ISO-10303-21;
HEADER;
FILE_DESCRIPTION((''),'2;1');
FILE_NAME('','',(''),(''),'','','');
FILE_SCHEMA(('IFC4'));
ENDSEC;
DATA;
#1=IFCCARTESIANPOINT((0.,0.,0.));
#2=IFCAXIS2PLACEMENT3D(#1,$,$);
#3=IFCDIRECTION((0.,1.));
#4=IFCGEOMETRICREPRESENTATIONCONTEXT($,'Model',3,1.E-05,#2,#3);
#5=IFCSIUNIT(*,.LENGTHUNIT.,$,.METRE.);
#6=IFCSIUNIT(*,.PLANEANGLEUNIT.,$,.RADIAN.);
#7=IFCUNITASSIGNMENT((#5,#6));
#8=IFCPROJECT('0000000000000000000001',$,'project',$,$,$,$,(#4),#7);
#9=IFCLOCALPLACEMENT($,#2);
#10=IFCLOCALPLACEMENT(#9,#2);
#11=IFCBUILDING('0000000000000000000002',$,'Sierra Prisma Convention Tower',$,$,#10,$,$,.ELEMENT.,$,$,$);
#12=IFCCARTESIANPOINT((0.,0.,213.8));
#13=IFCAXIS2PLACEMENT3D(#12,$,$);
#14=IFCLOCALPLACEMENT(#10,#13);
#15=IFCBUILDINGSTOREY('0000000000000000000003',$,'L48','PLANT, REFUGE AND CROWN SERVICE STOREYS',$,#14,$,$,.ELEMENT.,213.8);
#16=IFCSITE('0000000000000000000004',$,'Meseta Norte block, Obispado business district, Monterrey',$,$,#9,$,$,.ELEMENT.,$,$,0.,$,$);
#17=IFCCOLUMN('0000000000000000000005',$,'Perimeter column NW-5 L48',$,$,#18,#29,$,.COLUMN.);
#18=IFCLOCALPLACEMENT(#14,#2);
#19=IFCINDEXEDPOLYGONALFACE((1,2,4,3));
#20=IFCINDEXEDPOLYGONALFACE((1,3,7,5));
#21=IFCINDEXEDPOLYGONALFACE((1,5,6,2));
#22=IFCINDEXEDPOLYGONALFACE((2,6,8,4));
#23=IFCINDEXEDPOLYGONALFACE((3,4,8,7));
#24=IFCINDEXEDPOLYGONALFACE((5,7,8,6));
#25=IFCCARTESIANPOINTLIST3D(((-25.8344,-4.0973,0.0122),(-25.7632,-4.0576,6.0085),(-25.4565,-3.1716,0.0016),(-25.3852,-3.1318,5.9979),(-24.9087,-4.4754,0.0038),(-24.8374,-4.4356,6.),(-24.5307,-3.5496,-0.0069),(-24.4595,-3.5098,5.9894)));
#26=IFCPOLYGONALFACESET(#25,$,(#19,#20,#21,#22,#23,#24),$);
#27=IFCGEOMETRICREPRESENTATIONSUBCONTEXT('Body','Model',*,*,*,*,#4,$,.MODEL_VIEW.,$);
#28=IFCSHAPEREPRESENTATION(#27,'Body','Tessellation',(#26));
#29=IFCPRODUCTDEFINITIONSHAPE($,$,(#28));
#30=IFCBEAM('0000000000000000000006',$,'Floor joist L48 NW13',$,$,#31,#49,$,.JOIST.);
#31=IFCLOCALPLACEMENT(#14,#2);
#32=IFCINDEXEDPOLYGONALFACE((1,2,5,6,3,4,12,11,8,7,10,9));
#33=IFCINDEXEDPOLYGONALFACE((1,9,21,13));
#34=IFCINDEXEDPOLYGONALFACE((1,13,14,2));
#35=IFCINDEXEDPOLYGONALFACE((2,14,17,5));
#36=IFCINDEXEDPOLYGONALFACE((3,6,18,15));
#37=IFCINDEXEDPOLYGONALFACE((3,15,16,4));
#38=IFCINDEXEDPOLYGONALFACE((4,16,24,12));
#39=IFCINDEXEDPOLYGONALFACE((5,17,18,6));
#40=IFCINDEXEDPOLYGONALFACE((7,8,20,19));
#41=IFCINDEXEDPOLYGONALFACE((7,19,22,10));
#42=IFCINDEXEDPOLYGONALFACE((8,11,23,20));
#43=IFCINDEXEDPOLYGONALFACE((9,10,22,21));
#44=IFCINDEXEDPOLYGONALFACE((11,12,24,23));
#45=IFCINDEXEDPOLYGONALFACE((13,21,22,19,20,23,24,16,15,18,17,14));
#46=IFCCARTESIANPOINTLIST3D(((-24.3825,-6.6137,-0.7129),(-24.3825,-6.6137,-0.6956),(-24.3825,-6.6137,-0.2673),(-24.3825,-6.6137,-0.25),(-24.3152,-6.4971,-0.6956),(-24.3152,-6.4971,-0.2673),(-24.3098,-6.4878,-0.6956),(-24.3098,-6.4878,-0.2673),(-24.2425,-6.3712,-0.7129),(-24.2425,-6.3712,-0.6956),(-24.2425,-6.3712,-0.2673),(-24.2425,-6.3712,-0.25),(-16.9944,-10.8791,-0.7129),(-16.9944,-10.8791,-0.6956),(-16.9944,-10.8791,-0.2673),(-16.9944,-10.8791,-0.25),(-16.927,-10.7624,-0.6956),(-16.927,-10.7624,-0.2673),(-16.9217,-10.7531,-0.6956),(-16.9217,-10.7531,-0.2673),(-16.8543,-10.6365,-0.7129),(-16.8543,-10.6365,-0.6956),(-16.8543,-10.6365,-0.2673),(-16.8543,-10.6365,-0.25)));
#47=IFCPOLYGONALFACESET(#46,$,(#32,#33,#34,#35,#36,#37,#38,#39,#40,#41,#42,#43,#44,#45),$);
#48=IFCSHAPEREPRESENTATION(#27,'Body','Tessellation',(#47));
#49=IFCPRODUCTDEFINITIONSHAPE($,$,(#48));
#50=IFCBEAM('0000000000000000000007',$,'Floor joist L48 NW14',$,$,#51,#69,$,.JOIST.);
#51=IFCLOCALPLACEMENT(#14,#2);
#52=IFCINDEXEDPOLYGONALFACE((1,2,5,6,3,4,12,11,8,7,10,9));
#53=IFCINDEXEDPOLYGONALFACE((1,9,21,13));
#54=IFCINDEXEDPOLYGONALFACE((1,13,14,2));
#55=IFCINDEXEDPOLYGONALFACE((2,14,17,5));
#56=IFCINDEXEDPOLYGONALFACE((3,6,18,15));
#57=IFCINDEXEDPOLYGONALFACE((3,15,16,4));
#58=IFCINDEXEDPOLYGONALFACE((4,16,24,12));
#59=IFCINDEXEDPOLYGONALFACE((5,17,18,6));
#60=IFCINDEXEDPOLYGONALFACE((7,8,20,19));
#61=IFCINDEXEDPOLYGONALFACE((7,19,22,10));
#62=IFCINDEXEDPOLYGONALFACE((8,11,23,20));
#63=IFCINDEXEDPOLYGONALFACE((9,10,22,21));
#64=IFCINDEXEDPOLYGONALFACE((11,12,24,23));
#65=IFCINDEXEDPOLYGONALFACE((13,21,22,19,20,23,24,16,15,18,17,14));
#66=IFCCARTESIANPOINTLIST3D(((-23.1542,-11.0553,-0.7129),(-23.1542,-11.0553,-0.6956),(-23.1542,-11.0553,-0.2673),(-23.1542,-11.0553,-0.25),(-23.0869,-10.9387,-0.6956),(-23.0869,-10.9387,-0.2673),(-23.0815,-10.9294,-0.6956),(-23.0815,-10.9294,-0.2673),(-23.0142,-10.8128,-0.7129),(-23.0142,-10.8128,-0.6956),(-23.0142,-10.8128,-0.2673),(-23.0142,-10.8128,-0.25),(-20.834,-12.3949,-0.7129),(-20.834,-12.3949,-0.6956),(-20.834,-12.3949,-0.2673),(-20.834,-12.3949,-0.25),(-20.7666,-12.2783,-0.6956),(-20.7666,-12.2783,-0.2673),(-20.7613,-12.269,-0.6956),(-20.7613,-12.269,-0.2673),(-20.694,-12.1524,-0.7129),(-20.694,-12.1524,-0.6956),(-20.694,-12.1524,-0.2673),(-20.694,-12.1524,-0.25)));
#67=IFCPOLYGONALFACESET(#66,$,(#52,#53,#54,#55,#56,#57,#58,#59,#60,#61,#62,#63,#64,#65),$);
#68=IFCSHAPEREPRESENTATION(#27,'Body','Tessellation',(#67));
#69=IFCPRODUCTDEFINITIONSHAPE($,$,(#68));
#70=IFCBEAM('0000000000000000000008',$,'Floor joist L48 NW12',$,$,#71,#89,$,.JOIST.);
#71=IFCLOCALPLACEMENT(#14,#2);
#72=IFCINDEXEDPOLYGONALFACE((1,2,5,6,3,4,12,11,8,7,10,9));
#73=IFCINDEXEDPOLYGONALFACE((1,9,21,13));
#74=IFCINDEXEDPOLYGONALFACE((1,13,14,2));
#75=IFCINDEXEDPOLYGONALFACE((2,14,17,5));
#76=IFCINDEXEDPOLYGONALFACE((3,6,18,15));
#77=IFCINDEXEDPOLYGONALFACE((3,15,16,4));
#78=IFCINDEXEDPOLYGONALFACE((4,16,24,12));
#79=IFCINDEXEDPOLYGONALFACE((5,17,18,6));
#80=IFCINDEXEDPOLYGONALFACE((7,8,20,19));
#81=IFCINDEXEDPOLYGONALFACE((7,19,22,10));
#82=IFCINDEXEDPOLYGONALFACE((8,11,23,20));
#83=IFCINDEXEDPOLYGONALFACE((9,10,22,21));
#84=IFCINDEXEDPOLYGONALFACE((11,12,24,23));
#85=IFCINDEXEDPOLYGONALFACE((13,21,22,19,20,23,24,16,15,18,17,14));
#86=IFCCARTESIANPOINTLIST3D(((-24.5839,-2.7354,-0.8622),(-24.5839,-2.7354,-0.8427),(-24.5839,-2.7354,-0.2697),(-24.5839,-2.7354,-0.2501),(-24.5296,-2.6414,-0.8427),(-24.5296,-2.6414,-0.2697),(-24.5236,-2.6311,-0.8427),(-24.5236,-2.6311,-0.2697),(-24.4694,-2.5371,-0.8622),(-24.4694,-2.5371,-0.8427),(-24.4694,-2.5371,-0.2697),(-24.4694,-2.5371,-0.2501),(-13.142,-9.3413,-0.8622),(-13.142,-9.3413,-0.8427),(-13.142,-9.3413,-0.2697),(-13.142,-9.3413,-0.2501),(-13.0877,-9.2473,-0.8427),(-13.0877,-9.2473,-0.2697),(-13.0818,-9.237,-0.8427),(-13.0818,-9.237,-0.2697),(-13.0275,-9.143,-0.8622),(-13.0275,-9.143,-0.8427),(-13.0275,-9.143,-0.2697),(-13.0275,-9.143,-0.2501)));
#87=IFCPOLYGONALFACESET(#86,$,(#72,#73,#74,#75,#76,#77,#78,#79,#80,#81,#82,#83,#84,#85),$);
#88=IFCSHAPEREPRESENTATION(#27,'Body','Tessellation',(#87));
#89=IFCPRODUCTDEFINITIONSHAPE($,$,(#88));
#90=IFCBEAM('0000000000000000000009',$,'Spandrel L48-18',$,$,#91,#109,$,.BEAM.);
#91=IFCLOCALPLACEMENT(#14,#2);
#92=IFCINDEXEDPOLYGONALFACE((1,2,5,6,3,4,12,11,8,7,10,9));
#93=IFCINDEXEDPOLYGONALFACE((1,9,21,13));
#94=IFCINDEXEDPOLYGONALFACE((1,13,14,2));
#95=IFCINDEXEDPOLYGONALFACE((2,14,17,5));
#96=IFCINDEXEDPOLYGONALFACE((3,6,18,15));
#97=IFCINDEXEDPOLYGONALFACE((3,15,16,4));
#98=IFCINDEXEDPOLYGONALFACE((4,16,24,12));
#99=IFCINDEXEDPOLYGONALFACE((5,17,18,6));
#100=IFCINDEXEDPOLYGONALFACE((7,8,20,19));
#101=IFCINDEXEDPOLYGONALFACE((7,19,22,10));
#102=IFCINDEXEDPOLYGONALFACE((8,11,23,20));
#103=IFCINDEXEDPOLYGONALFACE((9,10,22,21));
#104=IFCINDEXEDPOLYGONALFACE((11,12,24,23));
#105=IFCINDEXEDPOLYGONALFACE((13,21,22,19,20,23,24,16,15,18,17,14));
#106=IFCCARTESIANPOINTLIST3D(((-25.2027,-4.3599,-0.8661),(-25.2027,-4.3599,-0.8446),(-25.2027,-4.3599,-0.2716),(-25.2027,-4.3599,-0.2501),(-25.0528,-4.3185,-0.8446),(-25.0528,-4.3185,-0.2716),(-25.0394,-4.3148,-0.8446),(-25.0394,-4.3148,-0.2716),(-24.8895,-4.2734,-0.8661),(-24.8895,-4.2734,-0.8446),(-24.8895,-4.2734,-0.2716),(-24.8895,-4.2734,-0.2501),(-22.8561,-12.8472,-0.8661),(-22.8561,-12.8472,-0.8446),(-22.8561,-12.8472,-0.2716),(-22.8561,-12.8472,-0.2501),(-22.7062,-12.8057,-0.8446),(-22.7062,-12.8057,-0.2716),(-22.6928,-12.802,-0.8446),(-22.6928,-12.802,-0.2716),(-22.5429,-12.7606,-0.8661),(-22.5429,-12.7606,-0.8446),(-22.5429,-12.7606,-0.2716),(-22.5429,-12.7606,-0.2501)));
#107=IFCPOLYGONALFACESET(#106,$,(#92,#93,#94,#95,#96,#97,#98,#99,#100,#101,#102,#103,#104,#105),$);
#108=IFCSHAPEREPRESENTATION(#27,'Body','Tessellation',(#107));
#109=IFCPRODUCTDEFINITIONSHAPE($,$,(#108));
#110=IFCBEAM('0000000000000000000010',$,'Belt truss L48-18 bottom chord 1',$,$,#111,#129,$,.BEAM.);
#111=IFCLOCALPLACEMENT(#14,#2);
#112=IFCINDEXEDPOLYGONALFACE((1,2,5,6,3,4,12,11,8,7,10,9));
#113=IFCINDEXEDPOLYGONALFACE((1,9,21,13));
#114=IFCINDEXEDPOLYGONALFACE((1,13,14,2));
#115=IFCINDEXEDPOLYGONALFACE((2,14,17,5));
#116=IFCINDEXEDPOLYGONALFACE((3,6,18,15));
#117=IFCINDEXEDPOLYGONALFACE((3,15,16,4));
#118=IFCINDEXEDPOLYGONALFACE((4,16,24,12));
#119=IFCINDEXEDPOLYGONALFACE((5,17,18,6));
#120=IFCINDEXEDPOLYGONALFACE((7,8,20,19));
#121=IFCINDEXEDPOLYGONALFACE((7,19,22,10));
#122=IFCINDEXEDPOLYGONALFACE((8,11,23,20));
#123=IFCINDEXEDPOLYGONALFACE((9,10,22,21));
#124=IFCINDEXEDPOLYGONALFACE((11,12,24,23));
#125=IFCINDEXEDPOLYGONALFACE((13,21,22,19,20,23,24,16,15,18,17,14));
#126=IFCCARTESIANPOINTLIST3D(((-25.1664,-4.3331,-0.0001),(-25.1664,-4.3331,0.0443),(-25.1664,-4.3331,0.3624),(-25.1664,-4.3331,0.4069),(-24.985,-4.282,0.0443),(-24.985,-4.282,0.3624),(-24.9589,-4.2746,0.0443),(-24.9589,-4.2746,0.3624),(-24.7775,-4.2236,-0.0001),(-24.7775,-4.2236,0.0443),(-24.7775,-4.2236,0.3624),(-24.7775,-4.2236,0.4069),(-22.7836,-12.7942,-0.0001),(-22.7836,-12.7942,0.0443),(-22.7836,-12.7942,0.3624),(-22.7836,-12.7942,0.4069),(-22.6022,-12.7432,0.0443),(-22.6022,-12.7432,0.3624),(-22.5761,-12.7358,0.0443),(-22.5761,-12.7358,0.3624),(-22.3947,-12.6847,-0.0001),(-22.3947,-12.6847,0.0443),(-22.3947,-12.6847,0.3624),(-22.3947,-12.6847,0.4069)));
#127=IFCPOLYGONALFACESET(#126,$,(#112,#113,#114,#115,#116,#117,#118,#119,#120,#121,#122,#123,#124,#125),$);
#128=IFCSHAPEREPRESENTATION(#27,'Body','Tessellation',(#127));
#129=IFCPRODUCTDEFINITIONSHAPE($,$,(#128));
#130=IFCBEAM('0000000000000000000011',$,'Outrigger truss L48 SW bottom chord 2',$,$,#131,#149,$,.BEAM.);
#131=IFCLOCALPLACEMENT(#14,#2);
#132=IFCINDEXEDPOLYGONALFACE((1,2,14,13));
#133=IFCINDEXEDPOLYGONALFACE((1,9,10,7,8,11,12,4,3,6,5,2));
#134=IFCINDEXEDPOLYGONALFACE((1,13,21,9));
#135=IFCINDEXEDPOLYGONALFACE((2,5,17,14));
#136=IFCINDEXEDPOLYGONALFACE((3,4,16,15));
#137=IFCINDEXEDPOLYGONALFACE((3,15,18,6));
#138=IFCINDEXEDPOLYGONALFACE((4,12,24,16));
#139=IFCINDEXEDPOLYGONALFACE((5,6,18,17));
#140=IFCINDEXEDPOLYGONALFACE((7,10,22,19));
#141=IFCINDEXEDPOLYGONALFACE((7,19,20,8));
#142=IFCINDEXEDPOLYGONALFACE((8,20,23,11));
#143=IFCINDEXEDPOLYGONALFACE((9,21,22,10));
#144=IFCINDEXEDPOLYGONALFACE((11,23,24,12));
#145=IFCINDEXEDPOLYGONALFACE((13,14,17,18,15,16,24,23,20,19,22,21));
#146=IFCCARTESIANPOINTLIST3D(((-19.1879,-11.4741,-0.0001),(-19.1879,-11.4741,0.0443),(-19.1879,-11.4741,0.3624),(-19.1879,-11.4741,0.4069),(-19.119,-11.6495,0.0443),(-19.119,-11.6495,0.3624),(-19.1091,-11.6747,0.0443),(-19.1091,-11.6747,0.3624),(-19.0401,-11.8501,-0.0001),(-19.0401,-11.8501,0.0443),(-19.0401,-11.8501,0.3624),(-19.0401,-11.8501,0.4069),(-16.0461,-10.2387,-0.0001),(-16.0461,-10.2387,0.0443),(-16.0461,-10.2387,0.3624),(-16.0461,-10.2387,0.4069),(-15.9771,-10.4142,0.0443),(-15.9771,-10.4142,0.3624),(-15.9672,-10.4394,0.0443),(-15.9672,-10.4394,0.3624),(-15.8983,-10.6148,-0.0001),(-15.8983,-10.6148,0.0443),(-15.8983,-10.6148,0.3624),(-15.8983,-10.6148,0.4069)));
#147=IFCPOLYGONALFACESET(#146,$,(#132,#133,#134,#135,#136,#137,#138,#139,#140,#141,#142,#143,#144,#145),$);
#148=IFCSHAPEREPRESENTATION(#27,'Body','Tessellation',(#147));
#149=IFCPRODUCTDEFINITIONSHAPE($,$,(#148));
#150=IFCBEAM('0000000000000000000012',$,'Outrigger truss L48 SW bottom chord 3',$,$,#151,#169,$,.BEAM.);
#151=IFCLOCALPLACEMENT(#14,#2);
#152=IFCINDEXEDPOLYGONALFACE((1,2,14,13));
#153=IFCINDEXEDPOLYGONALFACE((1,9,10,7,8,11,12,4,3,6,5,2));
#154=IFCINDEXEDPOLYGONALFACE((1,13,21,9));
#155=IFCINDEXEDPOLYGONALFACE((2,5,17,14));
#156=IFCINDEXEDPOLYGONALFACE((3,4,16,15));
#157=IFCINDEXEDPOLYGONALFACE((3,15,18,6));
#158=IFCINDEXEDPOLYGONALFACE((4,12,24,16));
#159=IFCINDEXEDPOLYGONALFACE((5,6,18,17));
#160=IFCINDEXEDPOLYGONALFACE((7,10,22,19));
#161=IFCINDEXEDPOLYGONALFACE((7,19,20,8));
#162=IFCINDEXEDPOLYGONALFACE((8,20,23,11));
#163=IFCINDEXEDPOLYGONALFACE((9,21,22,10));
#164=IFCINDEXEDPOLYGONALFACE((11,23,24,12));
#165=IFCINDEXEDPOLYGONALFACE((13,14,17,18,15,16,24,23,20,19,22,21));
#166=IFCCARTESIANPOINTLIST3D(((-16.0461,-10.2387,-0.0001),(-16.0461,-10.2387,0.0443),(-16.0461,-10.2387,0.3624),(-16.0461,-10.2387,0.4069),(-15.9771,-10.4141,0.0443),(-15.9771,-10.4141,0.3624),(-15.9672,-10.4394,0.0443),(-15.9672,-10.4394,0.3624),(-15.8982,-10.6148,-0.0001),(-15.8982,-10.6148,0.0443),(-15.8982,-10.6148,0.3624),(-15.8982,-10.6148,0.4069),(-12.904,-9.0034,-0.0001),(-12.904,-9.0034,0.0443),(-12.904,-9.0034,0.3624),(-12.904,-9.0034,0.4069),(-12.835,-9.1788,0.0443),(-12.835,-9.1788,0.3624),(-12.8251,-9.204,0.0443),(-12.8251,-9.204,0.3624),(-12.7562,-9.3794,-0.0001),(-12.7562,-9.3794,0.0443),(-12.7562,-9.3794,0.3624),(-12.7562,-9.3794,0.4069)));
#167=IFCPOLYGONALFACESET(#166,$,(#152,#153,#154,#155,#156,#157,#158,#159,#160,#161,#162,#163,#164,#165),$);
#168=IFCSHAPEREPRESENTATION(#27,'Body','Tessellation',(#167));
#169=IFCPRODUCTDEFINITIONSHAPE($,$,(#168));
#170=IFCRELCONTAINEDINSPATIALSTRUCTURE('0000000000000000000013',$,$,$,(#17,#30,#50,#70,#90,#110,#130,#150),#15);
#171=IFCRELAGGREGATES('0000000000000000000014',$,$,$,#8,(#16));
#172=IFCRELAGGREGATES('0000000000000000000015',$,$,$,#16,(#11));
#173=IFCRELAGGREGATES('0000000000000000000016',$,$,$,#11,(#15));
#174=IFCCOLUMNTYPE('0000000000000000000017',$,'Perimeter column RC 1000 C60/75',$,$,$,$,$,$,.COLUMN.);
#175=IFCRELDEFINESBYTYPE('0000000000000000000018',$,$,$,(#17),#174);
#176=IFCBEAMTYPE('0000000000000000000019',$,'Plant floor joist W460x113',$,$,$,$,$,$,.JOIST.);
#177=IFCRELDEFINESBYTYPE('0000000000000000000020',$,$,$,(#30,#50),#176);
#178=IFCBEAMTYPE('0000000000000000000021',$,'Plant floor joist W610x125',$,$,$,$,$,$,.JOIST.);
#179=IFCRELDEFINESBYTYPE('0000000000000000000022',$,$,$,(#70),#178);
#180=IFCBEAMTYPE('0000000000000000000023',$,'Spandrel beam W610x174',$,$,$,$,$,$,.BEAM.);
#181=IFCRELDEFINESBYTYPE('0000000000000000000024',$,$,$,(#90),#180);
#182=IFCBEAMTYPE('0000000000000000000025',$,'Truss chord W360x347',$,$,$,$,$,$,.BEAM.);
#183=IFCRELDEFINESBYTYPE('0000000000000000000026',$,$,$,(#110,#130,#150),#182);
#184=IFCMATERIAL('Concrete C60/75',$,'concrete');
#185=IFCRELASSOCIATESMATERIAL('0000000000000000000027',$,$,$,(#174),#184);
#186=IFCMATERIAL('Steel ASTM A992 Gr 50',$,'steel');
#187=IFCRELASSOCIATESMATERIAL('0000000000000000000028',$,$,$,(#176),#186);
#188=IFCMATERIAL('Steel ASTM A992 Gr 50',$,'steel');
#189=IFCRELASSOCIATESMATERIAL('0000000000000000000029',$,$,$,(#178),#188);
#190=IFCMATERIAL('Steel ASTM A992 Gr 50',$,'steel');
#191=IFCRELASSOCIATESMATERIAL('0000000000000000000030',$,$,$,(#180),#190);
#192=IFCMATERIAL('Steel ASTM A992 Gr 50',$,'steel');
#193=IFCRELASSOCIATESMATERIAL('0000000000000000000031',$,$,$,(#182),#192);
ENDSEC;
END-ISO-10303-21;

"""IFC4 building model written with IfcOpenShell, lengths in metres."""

from ifc_helpers import new_model, si_unit, direction, frame, origin, origin_2d, place, context, subcontext, project, spatial, rectangle, i_section, extrude, clip, halfspace, material, material_profile, profile_set, type_object, element, save


model = new_model("IFC4")

# Units and contexts
model_context = context("Model", 3, precision=1e-05, world=origin(), true_north=direction((0.0, 1.0)))
body_context = subcontext(model_context, "Body", "Model", "MODEL_VIEW")
ifc_project = project(units=[si_unit("LENGTHUNIT", "METRE"), si_unit("PLANEANGLEUNIT", "RADIAN")], contexts=[model_context])

# Site, building, storey
site_placement = place(None, origin())
site = spatial("IfcSite", under=ifc_project, at=site_placement, Name="Meseta Norte block, Obispado business district, Monterrey", CompositionType="ELEMENT", RefElevation=0.0)
building_placement = place(site_placement, origin())
building = spatial("IfcBuilding", under=site, at=building_placement, Name="Sierra Prisma Convention Tower", CompositionType="ELEMENT")
storey_placement = place(building_placement, frame((0.0, 0.0, 213.8)))
storey = spatial("IfcBuildingStorey", under=building, at=storey_placement, Name="L48", Description="PLANT, REFUGE AND CROWN SERVICE STOREYS", CompositionType="ELEMENT", Elevation=213.8)

# Column
ifc_material_1 = material(Name="Concrete C60/75", Category="concrete")
ifc_material_profile_1 = material_profile(ifc_material_1, rectangle(XDim=1.0, YDim=1.0, at=origin_2d()), Name="Perimeter column RC 1000 C60/75")
ifc_profile_set_1 = profile_set([ifc_material_profile_1], Name="Concrete C60/75")
column_type = type_object("IfcColumnType", Name="Perimeter column RC 1000 C60/75", PredefinedType="COLUMN", material=ifc_profile_set_1)
column_placement = place(storey_placement, frame((-25.1826, -3.8235, 0.0), z_axis=(0.01188, 0.006632, 0.999907), x_axis=(0.377943, 0.925768, -0.010631)))
element("IfcColumn", 1, at=column_placement, inside=storey, type_object=column_type, Name="Perimeter column NW-5 L48", PredefinedType="COLUMN", context=body_context, shape_type="SweptSolid", body=[
    clip(clip(extrude(rectangle(XDim=1.0, YDim=1.0, at=origin_2d()), origin(), (0.0, 0.0, 1.0), 6.0005), halfspace(frame((0.0, 0.0, 0.0027)), True)), halfspace(frame((0.0, 0.0, 5.9995)), False)),
])

# Beams
ifc_material_2 = material(Name="Steel ASTM A992 Gr 50", Category="steel")
ifc_material_profile_2 = material_profile(ifc_material_2, i_section(OverallWidth=0.28, OverallDepth=0.4629, WebThickness=0.0107, FlangeThickness=0.0173, at=origin_2d()), Name="W460x113")
ifc_profile_set_2 = profile_set([ifc_material_profile_2], Name="Steel ASTM A992 Gr 50")
beam_type_1 = type_object("IfcBeamType", Name="Plant floor joist W460x113", PredefinedType="JOIST", material=ifc_profile_set_2)
beam_1_placement = place(storey_placement, frame((-24.3125, -6.4924, -0.4814), z_axis=(0.866035, -0.499983, 0.0), x_axis=(0.499983, 0.866035, 0.0)))
element("IfcBeam", 2, at=beam_1_placement, inside=storey, type_object=beam_type_1, Name="Floor joist L48 NW13", PredefinedType="JOIST", context=body_context, shape_type="SweptSolid", body=[
    extrude(i_section(OverallWidth=0.28, OverallDepth=0.4629, WebThickness=0.0107, FlangeThickness=0.0173, at=origin_2d()), origin(), (0.0, 0.0, 1.0), 8.531),
])
beam_2_placement = place(storey_placement, frame((-23.0842, -10.9341, -0.4814), z_axis=(0.866031, -0.499991, 0.0), x_axis=(0.499991, 0.866031, 0.0)))
element("IfcBeam", 3, at=beam_2_placement, inside=storey, type_object=beam_type_1, Name="Floor joist L48 NW14", PredefinedType="JOIST", context=body_context, shape_type="SweptSolid", body=[
    extrude(i_section(OverallWidth=0.28, OverallDepth=0.4629, WebThickness=0.0107, FlangeThickness=0.0173, at=origin_2d()), origin(), (0.0, 0.0, 1.0), 2.6792),
])
ifc_material_3 = material(Name="Steel ASTM A992 Gr 50", Category="steel")
ifc_material_profile_3 = material_profile(ifc_material_3, i_section(OverallWidth=0.229, OverallDepth=0.6121, WebThickness=0.012, FlangeThickness=0.0195, at=origin_2d()), Name="W610x125")
ifc_profile_set_3 = profile_set([ifc_material_profile_3], Name="Steel ASTM A992 Gr 50")
beam_type_2 = type_object("IfcBeamType", Name="Plant floor joist W610x125", PredefinedType="JOIST", material=ifc_profile_set_3)
beam_3_placement = place(storey_placement, frame((-24.5266, -2.6362, -0.5562), z_axis=(0.866026, -0.499999, 0.0), x_axis=(0.499999, 0.866026, 0.0)))
element("IfcBeam", 4, at=beam_3_placement, inside=storey, type_object=beam_type_2, Name="Floor joist L48 NW12", PredefinedType="JOIST", context=body_context, shape_type="SweptSolid", body=[
    extrude(i_section(OverallWidth=0.229, OverallDepth=0.6121, WebThickness=0.012, FlangeThickness=0.0195, at=origin_2d()), origin(), (0.0, 0.0, 1.0), 13.2119),
])
ifc_material_4 = material(Name="Steel ASTM A992 Gr 50", Category="steel")
ifc_material_profile_4 = material_profile(ifc_material_4, i_section(OverallWidth=0.325, OverallDepth=0.616, WebThickness=0.0139, FlangeThickness=0.0215, at=origin_2d()), Name="W610x174")
ifc_profile_set_4 = profile_set([ifc_material_profile_4], Name="Steel ASTM A992 Gr 50")
beam_type_3 = type_object("IfcBeamType", Name="Spandrel beam W610x174", PredefinedType="BEAM", material=ifc_profile_set_4)
beam_4_placement = place(storey_placement, frame((-25.0461, -4.3167, -0.5581), z_axis=(0.266494, -0.963837, 0.0), x_axis=(0.963837, 0.266494, 0.0)))
element("IfcBeam", 5, at=beam_4_placement, inside=storey, type_object=beam_type_3, Name="Spandrel L48-18", PredefinedType="BEAM", context=body_context, shape_type="SweptSolid", body=[
    extrude(i_section(OverallWidth=0.325, OverallDepth=0.616, WebThickness=0.0139, FlangeThickness=0.0215, at=origin_2d()), origin(), (0.0, 0.0, 1.0), 8.8057),
])
ifc_material_5 = material(Name="Steel ASTM A992 Gr 50", Category="steel")
ifc_material_profile_5 = material_profile(ifc_material_5, i_section(OverallWidth=0.4041, OverallDepth=0.407, WebThickness=0.0271, FlangeThickness=0.0444, at=origin_2d()), Name="W360x347")
ifc_profile_set_5 = profile_set([ifc_material_profile_5], Name="Steel ASTM A992 Gr 50")
beam_type_4 = type_object("IfcBeamType", Name="Truss chord W360x347", PredefinedType="BEAM", material=ifc_profile_set_5)
beam_5_placement = place(storey_placement, frame((-24.9719, -4.2783, 0.2034), z_axis=(0.271073, -0.962559, 0.0), x_axis=(0.962559, 0.271073, 0.0)))
element("IfcBeam", 6, at=beam_5_placement, inside=storey, type_object=beam_type_4, Name="Belt truss L48-18 bottom chord 1", PredefinedType="BEAM", context=body_context, shape_type="SweptSolid", body=[
    extrude(i_section(OverallWidth=0.4041, OverallDepth=0.407, WebThickness=0.0271, FlangeThickness=0.0444, at=origin_2d()), origin(), (0.0, 0.0, 1.0), 8.7903),
])
beam_6_placement = place(storey_placement, frame((-19.114, -11.6621, 0.2034), z_axis=(0.930645, 0.365923, 0.0), x_axis=(-0.365923, 0.930645, 0.0)))
element("IfcBeam", 7, at=beam_6_placement, inside=storey, type_object=beam_type_4, Name="Outrigger truss L48 SW bottom chord 2", PredefinedType="BEAM", context=body_context, shape_type="SweptSolid", body=[
    extrude(i_section(OverallWidth=0.4041, OverallDepth=0.407, WebThickness=0.0271, FlangeThickness=0.0444, at=origin_2d()), origin(), (0.0, 0.0, 1.0), 3.376),
])
beam_7_placement = place(storey_placement, frame((-15.9722, -10.4268, 0.2034), z_axis=(0.930655, 0.365898, 0.0), x_axis=(-0.365898, 0.930655, 0.0)))
element("IfcBeam", 8, at=beam_7_placement, inside=storey, type_object=beam_type_4, Name="Outrigger truss L48 SW bottom chord 3", PredefinedType="BEAM", context=body_context, shape_type="SweptSolid", body=[
    extrude(i_section(OverallWidth=0.4041, OverallDepth=0.407, WebThickness=0.0271, FlangeThickness=0.0444, at=origin_2d()), origin(), (0.0, 0.0, 1.0), 3.3762),
])

save(model, "model.ifc")
